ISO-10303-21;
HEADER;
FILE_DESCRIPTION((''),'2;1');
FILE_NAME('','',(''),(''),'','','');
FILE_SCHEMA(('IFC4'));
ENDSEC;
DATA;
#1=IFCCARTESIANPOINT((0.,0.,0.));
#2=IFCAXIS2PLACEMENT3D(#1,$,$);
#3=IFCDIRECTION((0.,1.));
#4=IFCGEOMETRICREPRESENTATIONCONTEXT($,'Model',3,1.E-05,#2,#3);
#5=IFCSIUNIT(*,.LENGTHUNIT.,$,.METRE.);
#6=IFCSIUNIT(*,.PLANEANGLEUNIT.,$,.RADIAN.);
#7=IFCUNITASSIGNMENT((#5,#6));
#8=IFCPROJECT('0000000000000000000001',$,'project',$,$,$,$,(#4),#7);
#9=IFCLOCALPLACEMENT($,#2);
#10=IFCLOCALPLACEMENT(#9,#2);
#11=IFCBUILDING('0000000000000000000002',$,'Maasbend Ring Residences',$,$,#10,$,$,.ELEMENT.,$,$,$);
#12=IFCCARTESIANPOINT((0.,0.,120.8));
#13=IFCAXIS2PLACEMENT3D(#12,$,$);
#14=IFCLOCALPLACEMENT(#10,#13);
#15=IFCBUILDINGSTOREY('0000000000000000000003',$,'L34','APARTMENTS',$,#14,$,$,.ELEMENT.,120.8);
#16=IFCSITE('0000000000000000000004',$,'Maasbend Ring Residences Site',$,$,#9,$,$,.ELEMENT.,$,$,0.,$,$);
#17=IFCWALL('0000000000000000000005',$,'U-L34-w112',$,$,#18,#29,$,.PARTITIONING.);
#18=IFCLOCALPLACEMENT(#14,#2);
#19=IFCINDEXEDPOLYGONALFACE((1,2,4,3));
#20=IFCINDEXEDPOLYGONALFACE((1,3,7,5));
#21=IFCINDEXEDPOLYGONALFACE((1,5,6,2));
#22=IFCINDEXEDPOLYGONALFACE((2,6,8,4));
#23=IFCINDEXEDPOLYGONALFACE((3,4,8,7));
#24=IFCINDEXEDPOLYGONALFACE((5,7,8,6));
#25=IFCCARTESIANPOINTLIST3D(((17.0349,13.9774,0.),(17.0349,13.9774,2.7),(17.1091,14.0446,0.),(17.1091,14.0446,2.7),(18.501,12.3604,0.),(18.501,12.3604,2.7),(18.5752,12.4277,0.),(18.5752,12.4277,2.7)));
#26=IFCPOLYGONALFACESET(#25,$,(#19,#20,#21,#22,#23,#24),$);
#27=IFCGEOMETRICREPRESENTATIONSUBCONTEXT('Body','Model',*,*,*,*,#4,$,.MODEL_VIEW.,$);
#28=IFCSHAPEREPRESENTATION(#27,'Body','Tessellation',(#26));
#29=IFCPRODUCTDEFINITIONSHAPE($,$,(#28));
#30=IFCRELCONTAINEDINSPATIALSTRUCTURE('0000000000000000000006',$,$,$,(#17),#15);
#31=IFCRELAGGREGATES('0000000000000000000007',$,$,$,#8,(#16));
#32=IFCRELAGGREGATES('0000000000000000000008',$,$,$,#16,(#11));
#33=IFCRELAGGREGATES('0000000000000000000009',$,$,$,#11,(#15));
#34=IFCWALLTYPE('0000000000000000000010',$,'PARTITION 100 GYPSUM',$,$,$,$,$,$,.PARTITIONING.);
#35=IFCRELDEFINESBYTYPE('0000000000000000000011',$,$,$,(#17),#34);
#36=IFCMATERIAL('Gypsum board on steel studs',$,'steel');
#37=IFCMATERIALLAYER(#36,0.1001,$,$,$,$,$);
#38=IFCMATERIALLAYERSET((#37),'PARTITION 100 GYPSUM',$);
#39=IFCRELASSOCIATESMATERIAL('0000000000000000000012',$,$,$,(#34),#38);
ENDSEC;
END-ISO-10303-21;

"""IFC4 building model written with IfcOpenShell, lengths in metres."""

from ifc_helpers import new_model, si_unit, direction, frame, frame_2d, origin, place, context, subcontext, project, spatial, rectangle, extrude, material, layer, layer_set, type_object, element, save


model = new_model("IFC4")

# Units and contexts
model_context = context("Model", 3, precision=1e-05, world=origin(), true_north=direction((0.0, 1.0)))
body_context = subcontext(model_context, "Body", "Model", "MODEL_VIEW")
ifc_project = project(units=[si_unit("LENGTHUNIT", "METRE"), si_unit("PLANEANGLEUNIT", "RADIAN")], contexts=[model_context])

# Site, building, storey
site_placement = place(None, origin())
site = spatial("IfcSite", under=ifc_project, at=site_placement, Name="Maasbend Ring Residences Site", CompositionType="ELEMENT", RefElevation=0.0)
building_placement = place(site_placement, origin())
building = spatial("IfcBuilding", under=site, at=building_placement, Name="Maasbend Ring Residences", CompositionType="ELEMENT")
storey_placement = place(building_placement, frame((0.0, 0.0, 120.8)))
storey = spatial("IfcBuildingStorey", under=building, at=storey_placement, Name="L34", Description="APARTMENTS", CompositionType="ELEMENT", Elevation=120.8)

# Shared definitions
ifc_material_1 = material(Name="Gypsum board on steel studs", Category="steel")
ifc_layer_1 = layer(ifc_material_1, 0.1001)
ifc_layer_set_1 = layer_set([ifc_layer_1], Name="PARTITION 100 GYPSUM")
wall_type_1 = type_object("IfcWallType", Name="PARTITION 100 GYPSUM", PredefinedType="PARTITIONING", material=ifc_layer_set_1)

# Wall
wall_1_placement = place(storey_placement, frame((17.072, 14.011, 0.0), z_axis=(0.0, 0.0, 1.0), x_axis=(0.671698, -0.740825, 0.0)))
element("IfcWall", 1, at=wall_1_placement, inside=storey, type_object=wall_type_1, Name="U-L34-w112", PredefinedType="PARTITIONING", context=body_context, shape_type="SweptSolid", body=[
    extrude(rectangle(XDim=2.1826, YDim=0.1001, at=frame_2d((1.0913, 0.0))), origin(), (0.0, 0.0, 1.0), 2.7),
])

save(model, "model.ifc")
